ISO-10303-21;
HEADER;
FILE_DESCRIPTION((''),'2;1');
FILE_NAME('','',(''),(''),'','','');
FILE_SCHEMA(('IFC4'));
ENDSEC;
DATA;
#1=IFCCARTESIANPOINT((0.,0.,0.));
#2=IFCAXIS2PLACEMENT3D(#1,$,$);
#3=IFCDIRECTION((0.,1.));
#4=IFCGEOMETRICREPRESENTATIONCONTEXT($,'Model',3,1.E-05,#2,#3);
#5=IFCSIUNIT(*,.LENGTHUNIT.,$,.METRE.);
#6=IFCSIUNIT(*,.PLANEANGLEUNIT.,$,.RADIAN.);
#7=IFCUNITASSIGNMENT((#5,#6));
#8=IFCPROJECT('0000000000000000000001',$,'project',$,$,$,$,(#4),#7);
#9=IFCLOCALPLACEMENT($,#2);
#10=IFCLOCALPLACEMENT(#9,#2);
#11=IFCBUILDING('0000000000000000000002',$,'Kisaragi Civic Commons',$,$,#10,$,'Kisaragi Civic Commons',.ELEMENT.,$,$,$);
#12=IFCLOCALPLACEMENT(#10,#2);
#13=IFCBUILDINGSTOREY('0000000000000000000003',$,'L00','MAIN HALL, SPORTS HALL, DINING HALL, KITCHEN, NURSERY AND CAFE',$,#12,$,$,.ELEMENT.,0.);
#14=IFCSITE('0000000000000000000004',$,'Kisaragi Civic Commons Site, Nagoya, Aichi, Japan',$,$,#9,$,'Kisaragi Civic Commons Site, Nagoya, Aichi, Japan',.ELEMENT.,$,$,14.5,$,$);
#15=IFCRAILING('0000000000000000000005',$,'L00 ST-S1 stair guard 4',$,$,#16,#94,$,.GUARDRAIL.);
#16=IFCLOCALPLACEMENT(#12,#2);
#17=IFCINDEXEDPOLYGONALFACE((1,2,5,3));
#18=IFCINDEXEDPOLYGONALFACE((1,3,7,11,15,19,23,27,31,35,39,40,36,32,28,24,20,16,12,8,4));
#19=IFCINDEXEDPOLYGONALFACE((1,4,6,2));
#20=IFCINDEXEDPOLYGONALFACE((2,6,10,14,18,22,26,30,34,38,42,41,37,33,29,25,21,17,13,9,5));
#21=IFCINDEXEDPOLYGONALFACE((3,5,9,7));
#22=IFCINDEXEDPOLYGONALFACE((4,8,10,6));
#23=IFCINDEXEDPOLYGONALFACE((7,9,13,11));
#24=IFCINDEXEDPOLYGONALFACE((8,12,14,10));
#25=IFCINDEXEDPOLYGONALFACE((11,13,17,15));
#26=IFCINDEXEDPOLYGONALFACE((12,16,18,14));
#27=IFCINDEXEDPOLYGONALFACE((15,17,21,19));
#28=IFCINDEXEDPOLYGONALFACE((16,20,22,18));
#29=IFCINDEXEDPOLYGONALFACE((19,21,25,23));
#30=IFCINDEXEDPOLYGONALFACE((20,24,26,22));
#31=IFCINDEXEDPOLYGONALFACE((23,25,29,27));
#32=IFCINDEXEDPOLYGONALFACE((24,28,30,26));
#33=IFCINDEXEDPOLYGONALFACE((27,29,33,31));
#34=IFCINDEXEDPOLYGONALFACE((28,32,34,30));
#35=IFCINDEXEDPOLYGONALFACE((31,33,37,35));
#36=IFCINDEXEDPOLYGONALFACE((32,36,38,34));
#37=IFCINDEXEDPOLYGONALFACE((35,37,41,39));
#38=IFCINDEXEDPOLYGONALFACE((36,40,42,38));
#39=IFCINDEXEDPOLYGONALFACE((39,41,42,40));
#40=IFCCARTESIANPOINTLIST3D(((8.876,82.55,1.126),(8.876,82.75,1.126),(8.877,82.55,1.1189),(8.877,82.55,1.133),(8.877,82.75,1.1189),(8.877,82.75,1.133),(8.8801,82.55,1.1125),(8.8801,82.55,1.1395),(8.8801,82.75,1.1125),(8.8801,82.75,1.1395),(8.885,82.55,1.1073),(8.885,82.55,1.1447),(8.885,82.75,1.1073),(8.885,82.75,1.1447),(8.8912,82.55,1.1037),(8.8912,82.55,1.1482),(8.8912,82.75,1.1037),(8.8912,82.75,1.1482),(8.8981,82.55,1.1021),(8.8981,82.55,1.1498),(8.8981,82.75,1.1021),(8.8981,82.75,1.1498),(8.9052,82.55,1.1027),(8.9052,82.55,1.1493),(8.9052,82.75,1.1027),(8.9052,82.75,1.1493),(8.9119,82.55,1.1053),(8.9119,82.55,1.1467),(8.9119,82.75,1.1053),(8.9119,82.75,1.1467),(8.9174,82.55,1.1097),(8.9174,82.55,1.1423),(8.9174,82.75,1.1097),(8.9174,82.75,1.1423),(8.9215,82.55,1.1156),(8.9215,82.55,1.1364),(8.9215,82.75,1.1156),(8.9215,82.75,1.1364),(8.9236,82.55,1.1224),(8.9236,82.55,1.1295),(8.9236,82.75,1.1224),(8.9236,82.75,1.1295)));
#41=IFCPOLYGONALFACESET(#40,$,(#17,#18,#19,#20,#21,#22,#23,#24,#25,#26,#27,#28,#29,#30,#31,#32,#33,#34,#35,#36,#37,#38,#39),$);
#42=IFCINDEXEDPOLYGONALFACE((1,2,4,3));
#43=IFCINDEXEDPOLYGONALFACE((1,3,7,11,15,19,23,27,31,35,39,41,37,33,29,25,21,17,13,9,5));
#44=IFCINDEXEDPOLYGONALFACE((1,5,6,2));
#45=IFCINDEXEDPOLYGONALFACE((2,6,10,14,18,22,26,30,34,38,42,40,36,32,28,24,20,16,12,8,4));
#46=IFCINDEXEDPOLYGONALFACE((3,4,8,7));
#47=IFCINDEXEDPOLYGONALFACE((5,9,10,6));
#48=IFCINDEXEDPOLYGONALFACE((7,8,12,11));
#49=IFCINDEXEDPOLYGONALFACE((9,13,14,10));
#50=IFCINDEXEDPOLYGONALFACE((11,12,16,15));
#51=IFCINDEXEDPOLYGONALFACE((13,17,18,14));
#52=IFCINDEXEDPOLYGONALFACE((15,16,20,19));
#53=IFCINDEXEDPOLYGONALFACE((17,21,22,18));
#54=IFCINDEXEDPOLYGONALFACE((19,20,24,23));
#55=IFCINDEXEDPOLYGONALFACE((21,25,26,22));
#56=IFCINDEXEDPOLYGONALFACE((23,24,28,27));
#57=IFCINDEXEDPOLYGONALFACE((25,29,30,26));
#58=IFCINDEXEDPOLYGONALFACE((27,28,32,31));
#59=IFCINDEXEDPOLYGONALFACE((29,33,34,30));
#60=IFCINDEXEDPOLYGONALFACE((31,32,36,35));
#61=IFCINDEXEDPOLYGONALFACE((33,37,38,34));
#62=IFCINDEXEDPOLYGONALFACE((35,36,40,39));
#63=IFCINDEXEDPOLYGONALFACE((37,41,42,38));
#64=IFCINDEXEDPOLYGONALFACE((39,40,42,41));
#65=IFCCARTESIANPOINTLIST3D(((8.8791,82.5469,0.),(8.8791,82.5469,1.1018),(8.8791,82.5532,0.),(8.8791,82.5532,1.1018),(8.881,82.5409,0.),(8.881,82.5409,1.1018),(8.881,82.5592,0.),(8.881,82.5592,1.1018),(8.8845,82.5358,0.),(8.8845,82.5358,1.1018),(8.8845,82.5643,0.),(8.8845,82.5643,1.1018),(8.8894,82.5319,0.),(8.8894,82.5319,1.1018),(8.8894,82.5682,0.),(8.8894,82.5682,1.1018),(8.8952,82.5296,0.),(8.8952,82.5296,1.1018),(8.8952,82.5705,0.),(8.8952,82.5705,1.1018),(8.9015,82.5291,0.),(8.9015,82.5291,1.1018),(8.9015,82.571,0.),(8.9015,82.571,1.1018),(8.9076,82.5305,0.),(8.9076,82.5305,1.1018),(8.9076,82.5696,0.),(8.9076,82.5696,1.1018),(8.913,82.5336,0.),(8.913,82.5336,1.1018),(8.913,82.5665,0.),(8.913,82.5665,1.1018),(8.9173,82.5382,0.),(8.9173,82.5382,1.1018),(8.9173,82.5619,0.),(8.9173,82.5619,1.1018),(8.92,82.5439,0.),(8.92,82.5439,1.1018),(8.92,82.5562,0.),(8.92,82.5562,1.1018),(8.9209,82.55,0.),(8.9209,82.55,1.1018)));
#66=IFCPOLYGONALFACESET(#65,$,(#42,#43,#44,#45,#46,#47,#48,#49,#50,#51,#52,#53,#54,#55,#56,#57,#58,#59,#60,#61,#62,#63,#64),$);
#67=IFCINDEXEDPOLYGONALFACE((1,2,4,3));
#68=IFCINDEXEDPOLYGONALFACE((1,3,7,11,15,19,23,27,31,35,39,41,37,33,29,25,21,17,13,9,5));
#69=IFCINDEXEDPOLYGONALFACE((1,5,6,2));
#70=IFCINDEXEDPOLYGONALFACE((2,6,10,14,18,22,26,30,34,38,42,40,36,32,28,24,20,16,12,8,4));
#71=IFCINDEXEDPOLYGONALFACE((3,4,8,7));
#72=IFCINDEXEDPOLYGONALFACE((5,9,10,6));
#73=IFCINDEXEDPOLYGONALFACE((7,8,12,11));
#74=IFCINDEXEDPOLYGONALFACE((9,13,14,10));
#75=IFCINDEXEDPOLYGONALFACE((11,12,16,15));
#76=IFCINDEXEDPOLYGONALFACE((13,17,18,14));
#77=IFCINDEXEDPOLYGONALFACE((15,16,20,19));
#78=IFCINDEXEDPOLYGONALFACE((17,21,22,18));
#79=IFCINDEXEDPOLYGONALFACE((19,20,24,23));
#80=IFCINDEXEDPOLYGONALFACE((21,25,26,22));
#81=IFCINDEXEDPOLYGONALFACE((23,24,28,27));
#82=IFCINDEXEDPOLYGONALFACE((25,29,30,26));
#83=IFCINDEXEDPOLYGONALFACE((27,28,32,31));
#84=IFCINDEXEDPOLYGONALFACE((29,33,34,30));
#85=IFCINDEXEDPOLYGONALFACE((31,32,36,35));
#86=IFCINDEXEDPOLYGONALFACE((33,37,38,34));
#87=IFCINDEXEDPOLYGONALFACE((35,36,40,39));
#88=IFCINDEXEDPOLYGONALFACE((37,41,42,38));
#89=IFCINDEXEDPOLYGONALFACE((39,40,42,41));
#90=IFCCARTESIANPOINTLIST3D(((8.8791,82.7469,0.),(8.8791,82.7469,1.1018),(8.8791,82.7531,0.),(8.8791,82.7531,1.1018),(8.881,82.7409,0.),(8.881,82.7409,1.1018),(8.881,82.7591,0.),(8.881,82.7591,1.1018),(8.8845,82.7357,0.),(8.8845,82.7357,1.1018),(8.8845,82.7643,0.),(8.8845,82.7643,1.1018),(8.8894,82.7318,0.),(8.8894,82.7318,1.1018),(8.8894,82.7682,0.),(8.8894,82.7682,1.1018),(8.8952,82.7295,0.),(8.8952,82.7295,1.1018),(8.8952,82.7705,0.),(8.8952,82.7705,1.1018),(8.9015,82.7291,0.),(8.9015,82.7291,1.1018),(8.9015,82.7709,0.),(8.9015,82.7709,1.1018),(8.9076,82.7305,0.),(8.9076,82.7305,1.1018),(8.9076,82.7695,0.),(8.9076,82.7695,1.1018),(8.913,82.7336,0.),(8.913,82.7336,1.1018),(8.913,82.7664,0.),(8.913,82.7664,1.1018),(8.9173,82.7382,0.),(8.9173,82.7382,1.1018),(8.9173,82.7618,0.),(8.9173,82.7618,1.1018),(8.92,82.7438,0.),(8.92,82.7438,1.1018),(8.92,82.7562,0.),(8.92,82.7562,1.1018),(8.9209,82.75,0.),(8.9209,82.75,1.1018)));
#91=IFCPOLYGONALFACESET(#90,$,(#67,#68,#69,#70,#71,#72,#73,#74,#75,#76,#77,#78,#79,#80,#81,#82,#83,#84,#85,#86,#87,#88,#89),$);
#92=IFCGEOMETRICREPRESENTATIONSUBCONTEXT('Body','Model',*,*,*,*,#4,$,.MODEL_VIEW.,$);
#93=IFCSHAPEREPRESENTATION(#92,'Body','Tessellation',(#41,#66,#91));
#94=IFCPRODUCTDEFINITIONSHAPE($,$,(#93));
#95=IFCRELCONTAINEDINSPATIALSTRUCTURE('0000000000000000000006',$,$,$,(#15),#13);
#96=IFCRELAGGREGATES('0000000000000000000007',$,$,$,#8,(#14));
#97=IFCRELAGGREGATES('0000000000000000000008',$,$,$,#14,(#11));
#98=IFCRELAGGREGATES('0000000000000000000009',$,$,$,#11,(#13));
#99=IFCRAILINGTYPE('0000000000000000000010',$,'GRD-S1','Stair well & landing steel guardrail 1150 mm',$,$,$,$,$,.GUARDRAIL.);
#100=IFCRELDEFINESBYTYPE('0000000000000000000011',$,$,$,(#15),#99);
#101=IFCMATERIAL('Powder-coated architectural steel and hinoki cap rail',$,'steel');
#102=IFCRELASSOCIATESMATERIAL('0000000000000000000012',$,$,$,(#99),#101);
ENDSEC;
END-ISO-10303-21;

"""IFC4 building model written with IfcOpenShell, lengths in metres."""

from ifc_helpers import new_model, si_unit, direction, frame, origin, origin_2d, place, context, subcontext, project, spatial, circle, extrude, material, type_object, element, save


model = new_model("IFC4")

# Units and contexts
model_context = context("Model", 3, precision=1e-05, world=origin(), true_north=direction((0.0, 1.0)))
body_context = subcontext(model_context, "Body", "Model", "MODEL_VIEW")
ifc_project = project(units=[si_unit("LENGTHUNIT", "METRE"), si_unit("PLANEANGLEUNIT", "RADIAN")], contexts=[model_context])

# Site, building, storey
site_placement = place(None, origin())
site = spatial("IfcSite", under=ifc_project, at=site_placement, Name="Kisaragi Civic Commons Site, Nagoya, Aichi, Japan", LongName="Kisaragi Civic Commons Site, Nagoya, Aichi, Japan", CompositionType="ELEMENT", RefElevation=14.5)
building_placement = place(site_placement, origin())
building = spatial("IfcBuilding", under=site, at=building_placement, Name="Kisaragi Civic Commons", LongName="Kisaragi Civic Commons", CompositionType="ELEMENT")
storey_placement = place(building_placement, origin())
storey = spatial("IfcBuildingStorey", under=building, at=storey_placement, Name="L00", Description="MAIN HALL, SPORTS HALL, DINING HALL, KITCHEN, NURSERY AND CAFE", CompositionType="ELEMENT", Elevation=0.0)

# Railing
ifc_material_1 = material(Name="Powder-coated architectural steel and hinoki cap rail", Category="steel")
railing_type_1 = type_object("IfcRailingType", Name="GRD-S1", Description="Stair well & landing steel guardrail 1150 mm", PredefinedType="GUARDRAIL", material=ifc_material_1)
railing_1_placement = place(storey_placement, frame((8.8999, 82.55, 0.0)))
element("IfcRailing", 1, at=railing_1_placement, inside=storey, type_object=railing_type_1, Name="L00 ST-S1 stair guard 4", PredefinedType="GUARDRAIL", context=body_context, shape_type="SweptSolid", body=[
    extrude(circle(Radius=0.0239, at=origin_2d()), frame((0.0, 0.0, 1.126), z_axis=(0.0, 1.0, 0.0), x_axis=(-1.0, 0.0, 0.0)), (0.0, 0.0, 1.0), 0.2),
    extrude(circle(Radius=0.021, at=origin_2d()), origin(), (0.0, 0.0, 1.0), 1.1018),
    extrude(circle(Radius=0.021, at=origin_2d()), frame((0.0, 0.2, 0.0)), (0.0, 0.0, 1.0), 1.1018),
])

save(model, "model.ifc")
